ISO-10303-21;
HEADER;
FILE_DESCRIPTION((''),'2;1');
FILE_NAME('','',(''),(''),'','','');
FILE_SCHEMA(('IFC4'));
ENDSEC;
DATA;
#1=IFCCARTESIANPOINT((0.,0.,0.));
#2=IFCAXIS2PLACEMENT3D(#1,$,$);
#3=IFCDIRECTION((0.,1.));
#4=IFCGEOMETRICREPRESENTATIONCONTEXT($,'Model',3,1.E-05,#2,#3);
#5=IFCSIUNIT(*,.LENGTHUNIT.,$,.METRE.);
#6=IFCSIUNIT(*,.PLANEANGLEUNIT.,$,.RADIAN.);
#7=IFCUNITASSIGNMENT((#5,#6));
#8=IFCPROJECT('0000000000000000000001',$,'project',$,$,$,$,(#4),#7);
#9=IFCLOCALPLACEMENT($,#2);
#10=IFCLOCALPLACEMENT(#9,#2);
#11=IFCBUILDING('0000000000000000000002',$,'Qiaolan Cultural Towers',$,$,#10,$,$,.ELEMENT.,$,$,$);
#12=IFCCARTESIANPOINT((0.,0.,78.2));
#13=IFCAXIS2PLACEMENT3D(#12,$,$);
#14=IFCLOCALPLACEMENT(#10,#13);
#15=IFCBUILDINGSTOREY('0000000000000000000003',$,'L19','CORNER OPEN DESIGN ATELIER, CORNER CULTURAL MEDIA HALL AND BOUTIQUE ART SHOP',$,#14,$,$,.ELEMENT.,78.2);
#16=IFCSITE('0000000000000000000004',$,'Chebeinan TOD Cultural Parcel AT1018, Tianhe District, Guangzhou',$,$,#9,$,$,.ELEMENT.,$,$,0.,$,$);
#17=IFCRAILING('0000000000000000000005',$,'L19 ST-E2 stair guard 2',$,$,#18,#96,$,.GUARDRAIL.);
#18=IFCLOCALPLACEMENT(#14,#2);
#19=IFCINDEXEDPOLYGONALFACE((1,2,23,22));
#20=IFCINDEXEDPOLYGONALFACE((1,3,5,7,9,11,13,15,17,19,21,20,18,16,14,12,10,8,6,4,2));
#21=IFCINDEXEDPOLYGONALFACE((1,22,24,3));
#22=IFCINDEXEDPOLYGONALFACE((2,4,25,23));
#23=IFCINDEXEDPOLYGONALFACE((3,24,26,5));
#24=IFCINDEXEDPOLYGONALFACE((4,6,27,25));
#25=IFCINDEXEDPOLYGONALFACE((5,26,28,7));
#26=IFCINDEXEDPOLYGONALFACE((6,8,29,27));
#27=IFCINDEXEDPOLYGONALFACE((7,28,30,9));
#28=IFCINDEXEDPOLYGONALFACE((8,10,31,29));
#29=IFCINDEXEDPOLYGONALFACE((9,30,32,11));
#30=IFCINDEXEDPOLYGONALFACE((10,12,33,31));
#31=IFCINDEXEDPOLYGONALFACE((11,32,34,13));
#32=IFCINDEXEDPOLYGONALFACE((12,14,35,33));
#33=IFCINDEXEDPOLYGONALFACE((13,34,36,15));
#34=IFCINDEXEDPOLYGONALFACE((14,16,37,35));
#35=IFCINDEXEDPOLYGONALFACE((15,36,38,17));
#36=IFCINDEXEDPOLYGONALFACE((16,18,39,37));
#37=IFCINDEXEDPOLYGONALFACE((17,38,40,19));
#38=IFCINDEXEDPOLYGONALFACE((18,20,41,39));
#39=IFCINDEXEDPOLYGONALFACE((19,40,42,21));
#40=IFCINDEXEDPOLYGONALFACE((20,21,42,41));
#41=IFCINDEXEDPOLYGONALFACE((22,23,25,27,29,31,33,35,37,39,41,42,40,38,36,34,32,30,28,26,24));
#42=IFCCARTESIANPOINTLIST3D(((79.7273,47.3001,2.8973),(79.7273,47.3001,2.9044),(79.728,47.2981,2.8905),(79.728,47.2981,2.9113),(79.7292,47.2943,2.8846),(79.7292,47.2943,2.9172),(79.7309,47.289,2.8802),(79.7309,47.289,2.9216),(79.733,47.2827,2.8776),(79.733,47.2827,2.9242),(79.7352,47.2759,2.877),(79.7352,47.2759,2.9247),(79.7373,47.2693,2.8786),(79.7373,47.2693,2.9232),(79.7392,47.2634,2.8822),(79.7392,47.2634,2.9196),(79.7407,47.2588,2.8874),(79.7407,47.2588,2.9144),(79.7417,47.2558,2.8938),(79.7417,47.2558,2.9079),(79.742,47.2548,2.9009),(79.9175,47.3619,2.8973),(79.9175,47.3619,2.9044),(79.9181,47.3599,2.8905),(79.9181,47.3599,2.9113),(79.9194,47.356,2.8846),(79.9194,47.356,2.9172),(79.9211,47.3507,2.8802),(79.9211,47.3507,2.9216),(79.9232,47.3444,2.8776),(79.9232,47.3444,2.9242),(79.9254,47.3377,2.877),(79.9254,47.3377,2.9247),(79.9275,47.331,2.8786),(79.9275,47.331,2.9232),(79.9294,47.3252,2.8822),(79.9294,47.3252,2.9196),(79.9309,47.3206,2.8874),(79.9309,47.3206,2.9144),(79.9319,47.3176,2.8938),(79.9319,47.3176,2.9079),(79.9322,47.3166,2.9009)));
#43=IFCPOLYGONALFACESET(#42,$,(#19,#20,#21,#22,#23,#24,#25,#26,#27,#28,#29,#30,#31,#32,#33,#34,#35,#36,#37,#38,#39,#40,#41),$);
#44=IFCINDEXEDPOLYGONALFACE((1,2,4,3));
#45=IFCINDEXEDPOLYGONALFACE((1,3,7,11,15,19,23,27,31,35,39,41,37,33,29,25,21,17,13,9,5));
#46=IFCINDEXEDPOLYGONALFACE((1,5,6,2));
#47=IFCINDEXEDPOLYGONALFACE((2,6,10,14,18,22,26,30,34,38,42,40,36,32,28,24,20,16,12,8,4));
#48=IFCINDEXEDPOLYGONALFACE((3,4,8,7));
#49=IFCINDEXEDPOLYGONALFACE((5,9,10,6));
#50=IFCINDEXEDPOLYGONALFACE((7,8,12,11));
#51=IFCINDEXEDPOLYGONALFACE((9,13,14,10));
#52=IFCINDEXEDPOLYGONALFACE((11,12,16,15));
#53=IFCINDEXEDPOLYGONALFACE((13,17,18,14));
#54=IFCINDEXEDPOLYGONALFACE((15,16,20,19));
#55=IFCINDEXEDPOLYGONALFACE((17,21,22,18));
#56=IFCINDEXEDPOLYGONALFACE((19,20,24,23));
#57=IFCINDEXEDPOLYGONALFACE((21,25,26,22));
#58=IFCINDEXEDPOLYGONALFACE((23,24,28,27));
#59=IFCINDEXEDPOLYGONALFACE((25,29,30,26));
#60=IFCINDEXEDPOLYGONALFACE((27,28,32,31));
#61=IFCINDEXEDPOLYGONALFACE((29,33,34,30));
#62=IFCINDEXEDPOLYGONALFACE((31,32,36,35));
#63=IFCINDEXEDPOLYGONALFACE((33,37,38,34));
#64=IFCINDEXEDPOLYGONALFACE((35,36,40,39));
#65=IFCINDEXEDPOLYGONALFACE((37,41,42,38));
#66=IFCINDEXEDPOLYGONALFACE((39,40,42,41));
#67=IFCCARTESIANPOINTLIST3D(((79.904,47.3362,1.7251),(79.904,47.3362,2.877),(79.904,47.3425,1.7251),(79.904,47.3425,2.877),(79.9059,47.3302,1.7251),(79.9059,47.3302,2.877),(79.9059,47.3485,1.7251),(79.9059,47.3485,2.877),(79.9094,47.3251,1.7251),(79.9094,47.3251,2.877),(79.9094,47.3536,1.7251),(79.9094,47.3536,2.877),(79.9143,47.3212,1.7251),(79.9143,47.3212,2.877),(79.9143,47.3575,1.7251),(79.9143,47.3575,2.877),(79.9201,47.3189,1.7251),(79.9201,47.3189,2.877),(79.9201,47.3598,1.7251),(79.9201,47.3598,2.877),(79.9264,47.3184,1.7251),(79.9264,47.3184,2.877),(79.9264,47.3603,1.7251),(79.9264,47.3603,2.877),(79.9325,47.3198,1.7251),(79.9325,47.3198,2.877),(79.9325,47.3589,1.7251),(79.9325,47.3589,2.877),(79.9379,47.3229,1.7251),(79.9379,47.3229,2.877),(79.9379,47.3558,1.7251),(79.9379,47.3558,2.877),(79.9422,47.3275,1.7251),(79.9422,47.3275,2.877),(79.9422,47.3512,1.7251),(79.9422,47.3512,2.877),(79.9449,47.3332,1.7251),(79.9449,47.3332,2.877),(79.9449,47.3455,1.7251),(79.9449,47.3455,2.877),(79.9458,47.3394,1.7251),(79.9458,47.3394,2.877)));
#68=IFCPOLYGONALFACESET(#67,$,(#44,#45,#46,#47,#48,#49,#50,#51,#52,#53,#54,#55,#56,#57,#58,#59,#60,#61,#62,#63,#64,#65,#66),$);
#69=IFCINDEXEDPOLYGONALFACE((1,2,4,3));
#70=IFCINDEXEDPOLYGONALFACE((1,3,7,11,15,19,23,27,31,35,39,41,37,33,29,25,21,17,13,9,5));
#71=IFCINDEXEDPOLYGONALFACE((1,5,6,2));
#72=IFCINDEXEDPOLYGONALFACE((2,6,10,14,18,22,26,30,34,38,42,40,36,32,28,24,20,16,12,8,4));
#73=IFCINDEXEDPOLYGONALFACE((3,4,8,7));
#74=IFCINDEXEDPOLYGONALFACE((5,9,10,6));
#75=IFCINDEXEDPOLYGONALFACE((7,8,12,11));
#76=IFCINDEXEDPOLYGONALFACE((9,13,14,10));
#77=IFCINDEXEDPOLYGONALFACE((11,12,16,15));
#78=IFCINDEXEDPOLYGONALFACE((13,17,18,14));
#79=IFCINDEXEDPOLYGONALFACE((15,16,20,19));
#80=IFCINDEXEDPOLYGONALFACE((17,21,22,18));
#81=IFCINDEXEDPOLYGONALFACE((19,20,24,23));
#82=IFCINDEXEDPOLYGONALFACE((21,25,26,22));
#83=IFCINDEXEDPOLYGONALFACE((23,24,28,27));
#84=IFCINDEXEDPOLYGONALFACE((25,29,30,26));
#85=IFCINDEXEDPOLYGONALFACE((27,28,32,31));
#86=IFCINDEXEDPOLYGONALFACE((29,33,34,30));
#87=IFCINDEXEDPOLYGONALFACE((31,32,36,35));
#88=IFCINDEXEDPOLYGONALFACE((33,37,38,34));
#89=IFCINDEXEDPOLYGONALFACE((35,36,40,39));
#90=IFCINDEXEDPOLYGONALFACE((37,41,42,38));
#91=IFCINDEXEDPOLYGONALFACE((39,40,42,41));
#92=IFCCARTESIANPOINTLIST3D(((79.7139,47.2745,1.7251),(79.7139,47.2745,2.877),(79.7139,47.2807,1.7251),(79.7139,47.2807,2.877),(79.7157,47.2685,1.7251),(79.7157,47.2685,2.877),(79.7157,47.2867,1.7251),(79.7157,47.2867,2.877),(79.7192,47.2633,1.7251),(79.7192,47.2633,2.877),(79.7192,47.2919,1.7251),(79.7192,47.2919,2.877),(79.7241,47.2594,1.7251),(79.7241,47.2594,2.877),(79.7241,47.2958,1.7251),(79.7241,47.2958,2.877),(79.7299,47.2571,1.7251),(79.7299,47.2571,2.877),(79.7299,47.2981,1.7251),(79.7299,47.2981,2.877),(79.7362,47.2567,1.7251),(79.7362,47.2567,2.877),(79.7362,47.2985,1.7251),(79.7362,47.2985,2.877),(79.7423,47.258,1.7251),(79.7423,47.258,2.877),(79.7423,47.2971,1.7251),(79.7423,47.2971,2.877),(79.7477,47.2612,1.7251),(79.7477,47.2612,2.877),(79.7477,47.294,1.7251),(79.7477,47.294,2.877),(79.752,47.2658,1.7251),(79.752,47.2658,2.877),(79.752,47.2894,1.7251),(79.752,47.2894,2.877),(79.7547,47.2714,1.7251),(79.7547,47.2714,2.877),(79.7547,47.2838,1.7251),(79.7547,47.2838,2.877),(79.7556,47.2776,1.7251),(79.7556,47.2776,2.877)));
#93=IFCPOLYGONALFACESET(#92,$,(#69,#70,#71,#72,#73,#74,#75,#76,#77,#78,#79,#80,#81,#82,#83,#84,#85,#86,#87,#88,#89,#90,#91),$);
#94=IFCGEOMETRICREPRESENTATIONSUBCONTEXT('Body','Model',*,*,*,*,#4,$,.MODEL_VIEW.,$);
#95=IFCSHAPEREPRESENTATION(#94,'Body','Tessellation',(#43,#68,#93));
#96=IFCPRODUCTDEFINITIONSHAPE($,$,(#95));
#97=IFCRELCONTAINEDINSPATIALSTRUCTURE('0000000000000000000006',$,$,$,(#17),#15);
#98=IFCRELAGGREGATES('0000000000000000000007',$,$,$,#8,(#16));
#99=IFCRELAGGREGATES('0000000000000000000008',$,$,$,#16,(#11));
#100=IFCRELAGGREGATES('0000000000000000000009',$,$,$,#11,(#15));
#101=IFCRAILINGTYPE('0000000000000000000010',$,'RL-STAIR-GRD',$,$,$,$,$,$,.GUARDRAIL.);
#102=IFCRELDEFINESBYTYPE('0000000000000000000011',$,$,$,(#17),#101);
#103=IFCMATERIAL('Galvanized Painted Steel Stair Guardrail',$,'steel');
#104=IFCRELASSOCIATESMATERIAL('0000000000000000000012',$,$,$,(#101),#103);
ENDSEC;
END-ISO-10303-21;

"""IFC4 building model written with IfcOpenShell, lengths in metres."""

from ifc_helpers import new_model, si_unit, direction, frame, origin, origin_2d, place, context, subcontext, project, spatial, circle, extrude, material, type_object, element, save


model = new_model("IFC4")

# Units and contexts
model_context = context("Model", 3, precision=1e-05, world=origin(), true_north=direction((0.0, 1.0)))
body_context = subcontext(model_context, "Body", "Model", "MODEL_VIEW")
ifc_project = project(units=[si_unit("LENGTHUNIT", "METRE"), si_unit("PLANEANGLEUNIT", "RADIAN")], contexts=[model_context])

# Site, building, storey
site_placement = place(None, origin())
site = spatial("IfcSite", under=ifc_project, at=site_placement, Name="Chebeinan TOD Cultural Parcel AT1018, Tianhe District, Guangzhou", CompositionType="ELEMENT", RefElevation=0.0)
building_placement = place(site_placement, origin())
building = spatial("IfcBuilding", under=site, at=building_placement, Name="Qiaolan Cultural Towers", CompositionType="ELEMENT")
storey_placement = place(building_placement, frame((0.0, 0.0, 78.2)))
storey = spatial("IfcBuildingStorey", under=building, at=storey_placement, Name="L19", Description="CORNER OPEN DESIGN ATELIER, CORNER CULTURAL MEDIA HALL AND BOUTIQUE ART SHOP", CompositionType="ELEMENT", Elevation=78.2)

# Railing
ifc_material_1 = material(Name="Galvanized Painted Steel Stair Guardrail", Category="steel")
railing_type = type_object("IfcRailingType", Name="RL-STAIR-GRD", PredefinedType="GUARDRAIL", material=ifc_material_1)
railing_placement = place(storey_placement, frame((79.9248, 47.3394, 1.7251)))
element("IfcRailing", 1, at=railing_placement, inside=storey, type_object=railing_type, Name="L19 ST-E2 stair guard 2", PredefinedType="GUARDRAIL", context=body_context, shape_type="SweptSolid", body=[
    extrude(circle(Radius=0.0239, at=origin_2d()), frame((0.0, 0.0, 1.1758), z_axis=(-0.951097, -0.308893, 0.0), x_axis=(0.308893, -0.951097, 0.0)), (0.0, 0.0, 1.0), 0.2),
    extrude(circle(Radius=0.021, at=origin_2d()), origin(), (0.0, 0.0, 1.0), 1.1519),
    extrude(circle(Radius=0.021, at=origin_2d()), frame((-0.1902, -0.0618, 0.0)), (0.0, 0.0, 1.0), 1.1519),
])

save(model, "model.ifc")
